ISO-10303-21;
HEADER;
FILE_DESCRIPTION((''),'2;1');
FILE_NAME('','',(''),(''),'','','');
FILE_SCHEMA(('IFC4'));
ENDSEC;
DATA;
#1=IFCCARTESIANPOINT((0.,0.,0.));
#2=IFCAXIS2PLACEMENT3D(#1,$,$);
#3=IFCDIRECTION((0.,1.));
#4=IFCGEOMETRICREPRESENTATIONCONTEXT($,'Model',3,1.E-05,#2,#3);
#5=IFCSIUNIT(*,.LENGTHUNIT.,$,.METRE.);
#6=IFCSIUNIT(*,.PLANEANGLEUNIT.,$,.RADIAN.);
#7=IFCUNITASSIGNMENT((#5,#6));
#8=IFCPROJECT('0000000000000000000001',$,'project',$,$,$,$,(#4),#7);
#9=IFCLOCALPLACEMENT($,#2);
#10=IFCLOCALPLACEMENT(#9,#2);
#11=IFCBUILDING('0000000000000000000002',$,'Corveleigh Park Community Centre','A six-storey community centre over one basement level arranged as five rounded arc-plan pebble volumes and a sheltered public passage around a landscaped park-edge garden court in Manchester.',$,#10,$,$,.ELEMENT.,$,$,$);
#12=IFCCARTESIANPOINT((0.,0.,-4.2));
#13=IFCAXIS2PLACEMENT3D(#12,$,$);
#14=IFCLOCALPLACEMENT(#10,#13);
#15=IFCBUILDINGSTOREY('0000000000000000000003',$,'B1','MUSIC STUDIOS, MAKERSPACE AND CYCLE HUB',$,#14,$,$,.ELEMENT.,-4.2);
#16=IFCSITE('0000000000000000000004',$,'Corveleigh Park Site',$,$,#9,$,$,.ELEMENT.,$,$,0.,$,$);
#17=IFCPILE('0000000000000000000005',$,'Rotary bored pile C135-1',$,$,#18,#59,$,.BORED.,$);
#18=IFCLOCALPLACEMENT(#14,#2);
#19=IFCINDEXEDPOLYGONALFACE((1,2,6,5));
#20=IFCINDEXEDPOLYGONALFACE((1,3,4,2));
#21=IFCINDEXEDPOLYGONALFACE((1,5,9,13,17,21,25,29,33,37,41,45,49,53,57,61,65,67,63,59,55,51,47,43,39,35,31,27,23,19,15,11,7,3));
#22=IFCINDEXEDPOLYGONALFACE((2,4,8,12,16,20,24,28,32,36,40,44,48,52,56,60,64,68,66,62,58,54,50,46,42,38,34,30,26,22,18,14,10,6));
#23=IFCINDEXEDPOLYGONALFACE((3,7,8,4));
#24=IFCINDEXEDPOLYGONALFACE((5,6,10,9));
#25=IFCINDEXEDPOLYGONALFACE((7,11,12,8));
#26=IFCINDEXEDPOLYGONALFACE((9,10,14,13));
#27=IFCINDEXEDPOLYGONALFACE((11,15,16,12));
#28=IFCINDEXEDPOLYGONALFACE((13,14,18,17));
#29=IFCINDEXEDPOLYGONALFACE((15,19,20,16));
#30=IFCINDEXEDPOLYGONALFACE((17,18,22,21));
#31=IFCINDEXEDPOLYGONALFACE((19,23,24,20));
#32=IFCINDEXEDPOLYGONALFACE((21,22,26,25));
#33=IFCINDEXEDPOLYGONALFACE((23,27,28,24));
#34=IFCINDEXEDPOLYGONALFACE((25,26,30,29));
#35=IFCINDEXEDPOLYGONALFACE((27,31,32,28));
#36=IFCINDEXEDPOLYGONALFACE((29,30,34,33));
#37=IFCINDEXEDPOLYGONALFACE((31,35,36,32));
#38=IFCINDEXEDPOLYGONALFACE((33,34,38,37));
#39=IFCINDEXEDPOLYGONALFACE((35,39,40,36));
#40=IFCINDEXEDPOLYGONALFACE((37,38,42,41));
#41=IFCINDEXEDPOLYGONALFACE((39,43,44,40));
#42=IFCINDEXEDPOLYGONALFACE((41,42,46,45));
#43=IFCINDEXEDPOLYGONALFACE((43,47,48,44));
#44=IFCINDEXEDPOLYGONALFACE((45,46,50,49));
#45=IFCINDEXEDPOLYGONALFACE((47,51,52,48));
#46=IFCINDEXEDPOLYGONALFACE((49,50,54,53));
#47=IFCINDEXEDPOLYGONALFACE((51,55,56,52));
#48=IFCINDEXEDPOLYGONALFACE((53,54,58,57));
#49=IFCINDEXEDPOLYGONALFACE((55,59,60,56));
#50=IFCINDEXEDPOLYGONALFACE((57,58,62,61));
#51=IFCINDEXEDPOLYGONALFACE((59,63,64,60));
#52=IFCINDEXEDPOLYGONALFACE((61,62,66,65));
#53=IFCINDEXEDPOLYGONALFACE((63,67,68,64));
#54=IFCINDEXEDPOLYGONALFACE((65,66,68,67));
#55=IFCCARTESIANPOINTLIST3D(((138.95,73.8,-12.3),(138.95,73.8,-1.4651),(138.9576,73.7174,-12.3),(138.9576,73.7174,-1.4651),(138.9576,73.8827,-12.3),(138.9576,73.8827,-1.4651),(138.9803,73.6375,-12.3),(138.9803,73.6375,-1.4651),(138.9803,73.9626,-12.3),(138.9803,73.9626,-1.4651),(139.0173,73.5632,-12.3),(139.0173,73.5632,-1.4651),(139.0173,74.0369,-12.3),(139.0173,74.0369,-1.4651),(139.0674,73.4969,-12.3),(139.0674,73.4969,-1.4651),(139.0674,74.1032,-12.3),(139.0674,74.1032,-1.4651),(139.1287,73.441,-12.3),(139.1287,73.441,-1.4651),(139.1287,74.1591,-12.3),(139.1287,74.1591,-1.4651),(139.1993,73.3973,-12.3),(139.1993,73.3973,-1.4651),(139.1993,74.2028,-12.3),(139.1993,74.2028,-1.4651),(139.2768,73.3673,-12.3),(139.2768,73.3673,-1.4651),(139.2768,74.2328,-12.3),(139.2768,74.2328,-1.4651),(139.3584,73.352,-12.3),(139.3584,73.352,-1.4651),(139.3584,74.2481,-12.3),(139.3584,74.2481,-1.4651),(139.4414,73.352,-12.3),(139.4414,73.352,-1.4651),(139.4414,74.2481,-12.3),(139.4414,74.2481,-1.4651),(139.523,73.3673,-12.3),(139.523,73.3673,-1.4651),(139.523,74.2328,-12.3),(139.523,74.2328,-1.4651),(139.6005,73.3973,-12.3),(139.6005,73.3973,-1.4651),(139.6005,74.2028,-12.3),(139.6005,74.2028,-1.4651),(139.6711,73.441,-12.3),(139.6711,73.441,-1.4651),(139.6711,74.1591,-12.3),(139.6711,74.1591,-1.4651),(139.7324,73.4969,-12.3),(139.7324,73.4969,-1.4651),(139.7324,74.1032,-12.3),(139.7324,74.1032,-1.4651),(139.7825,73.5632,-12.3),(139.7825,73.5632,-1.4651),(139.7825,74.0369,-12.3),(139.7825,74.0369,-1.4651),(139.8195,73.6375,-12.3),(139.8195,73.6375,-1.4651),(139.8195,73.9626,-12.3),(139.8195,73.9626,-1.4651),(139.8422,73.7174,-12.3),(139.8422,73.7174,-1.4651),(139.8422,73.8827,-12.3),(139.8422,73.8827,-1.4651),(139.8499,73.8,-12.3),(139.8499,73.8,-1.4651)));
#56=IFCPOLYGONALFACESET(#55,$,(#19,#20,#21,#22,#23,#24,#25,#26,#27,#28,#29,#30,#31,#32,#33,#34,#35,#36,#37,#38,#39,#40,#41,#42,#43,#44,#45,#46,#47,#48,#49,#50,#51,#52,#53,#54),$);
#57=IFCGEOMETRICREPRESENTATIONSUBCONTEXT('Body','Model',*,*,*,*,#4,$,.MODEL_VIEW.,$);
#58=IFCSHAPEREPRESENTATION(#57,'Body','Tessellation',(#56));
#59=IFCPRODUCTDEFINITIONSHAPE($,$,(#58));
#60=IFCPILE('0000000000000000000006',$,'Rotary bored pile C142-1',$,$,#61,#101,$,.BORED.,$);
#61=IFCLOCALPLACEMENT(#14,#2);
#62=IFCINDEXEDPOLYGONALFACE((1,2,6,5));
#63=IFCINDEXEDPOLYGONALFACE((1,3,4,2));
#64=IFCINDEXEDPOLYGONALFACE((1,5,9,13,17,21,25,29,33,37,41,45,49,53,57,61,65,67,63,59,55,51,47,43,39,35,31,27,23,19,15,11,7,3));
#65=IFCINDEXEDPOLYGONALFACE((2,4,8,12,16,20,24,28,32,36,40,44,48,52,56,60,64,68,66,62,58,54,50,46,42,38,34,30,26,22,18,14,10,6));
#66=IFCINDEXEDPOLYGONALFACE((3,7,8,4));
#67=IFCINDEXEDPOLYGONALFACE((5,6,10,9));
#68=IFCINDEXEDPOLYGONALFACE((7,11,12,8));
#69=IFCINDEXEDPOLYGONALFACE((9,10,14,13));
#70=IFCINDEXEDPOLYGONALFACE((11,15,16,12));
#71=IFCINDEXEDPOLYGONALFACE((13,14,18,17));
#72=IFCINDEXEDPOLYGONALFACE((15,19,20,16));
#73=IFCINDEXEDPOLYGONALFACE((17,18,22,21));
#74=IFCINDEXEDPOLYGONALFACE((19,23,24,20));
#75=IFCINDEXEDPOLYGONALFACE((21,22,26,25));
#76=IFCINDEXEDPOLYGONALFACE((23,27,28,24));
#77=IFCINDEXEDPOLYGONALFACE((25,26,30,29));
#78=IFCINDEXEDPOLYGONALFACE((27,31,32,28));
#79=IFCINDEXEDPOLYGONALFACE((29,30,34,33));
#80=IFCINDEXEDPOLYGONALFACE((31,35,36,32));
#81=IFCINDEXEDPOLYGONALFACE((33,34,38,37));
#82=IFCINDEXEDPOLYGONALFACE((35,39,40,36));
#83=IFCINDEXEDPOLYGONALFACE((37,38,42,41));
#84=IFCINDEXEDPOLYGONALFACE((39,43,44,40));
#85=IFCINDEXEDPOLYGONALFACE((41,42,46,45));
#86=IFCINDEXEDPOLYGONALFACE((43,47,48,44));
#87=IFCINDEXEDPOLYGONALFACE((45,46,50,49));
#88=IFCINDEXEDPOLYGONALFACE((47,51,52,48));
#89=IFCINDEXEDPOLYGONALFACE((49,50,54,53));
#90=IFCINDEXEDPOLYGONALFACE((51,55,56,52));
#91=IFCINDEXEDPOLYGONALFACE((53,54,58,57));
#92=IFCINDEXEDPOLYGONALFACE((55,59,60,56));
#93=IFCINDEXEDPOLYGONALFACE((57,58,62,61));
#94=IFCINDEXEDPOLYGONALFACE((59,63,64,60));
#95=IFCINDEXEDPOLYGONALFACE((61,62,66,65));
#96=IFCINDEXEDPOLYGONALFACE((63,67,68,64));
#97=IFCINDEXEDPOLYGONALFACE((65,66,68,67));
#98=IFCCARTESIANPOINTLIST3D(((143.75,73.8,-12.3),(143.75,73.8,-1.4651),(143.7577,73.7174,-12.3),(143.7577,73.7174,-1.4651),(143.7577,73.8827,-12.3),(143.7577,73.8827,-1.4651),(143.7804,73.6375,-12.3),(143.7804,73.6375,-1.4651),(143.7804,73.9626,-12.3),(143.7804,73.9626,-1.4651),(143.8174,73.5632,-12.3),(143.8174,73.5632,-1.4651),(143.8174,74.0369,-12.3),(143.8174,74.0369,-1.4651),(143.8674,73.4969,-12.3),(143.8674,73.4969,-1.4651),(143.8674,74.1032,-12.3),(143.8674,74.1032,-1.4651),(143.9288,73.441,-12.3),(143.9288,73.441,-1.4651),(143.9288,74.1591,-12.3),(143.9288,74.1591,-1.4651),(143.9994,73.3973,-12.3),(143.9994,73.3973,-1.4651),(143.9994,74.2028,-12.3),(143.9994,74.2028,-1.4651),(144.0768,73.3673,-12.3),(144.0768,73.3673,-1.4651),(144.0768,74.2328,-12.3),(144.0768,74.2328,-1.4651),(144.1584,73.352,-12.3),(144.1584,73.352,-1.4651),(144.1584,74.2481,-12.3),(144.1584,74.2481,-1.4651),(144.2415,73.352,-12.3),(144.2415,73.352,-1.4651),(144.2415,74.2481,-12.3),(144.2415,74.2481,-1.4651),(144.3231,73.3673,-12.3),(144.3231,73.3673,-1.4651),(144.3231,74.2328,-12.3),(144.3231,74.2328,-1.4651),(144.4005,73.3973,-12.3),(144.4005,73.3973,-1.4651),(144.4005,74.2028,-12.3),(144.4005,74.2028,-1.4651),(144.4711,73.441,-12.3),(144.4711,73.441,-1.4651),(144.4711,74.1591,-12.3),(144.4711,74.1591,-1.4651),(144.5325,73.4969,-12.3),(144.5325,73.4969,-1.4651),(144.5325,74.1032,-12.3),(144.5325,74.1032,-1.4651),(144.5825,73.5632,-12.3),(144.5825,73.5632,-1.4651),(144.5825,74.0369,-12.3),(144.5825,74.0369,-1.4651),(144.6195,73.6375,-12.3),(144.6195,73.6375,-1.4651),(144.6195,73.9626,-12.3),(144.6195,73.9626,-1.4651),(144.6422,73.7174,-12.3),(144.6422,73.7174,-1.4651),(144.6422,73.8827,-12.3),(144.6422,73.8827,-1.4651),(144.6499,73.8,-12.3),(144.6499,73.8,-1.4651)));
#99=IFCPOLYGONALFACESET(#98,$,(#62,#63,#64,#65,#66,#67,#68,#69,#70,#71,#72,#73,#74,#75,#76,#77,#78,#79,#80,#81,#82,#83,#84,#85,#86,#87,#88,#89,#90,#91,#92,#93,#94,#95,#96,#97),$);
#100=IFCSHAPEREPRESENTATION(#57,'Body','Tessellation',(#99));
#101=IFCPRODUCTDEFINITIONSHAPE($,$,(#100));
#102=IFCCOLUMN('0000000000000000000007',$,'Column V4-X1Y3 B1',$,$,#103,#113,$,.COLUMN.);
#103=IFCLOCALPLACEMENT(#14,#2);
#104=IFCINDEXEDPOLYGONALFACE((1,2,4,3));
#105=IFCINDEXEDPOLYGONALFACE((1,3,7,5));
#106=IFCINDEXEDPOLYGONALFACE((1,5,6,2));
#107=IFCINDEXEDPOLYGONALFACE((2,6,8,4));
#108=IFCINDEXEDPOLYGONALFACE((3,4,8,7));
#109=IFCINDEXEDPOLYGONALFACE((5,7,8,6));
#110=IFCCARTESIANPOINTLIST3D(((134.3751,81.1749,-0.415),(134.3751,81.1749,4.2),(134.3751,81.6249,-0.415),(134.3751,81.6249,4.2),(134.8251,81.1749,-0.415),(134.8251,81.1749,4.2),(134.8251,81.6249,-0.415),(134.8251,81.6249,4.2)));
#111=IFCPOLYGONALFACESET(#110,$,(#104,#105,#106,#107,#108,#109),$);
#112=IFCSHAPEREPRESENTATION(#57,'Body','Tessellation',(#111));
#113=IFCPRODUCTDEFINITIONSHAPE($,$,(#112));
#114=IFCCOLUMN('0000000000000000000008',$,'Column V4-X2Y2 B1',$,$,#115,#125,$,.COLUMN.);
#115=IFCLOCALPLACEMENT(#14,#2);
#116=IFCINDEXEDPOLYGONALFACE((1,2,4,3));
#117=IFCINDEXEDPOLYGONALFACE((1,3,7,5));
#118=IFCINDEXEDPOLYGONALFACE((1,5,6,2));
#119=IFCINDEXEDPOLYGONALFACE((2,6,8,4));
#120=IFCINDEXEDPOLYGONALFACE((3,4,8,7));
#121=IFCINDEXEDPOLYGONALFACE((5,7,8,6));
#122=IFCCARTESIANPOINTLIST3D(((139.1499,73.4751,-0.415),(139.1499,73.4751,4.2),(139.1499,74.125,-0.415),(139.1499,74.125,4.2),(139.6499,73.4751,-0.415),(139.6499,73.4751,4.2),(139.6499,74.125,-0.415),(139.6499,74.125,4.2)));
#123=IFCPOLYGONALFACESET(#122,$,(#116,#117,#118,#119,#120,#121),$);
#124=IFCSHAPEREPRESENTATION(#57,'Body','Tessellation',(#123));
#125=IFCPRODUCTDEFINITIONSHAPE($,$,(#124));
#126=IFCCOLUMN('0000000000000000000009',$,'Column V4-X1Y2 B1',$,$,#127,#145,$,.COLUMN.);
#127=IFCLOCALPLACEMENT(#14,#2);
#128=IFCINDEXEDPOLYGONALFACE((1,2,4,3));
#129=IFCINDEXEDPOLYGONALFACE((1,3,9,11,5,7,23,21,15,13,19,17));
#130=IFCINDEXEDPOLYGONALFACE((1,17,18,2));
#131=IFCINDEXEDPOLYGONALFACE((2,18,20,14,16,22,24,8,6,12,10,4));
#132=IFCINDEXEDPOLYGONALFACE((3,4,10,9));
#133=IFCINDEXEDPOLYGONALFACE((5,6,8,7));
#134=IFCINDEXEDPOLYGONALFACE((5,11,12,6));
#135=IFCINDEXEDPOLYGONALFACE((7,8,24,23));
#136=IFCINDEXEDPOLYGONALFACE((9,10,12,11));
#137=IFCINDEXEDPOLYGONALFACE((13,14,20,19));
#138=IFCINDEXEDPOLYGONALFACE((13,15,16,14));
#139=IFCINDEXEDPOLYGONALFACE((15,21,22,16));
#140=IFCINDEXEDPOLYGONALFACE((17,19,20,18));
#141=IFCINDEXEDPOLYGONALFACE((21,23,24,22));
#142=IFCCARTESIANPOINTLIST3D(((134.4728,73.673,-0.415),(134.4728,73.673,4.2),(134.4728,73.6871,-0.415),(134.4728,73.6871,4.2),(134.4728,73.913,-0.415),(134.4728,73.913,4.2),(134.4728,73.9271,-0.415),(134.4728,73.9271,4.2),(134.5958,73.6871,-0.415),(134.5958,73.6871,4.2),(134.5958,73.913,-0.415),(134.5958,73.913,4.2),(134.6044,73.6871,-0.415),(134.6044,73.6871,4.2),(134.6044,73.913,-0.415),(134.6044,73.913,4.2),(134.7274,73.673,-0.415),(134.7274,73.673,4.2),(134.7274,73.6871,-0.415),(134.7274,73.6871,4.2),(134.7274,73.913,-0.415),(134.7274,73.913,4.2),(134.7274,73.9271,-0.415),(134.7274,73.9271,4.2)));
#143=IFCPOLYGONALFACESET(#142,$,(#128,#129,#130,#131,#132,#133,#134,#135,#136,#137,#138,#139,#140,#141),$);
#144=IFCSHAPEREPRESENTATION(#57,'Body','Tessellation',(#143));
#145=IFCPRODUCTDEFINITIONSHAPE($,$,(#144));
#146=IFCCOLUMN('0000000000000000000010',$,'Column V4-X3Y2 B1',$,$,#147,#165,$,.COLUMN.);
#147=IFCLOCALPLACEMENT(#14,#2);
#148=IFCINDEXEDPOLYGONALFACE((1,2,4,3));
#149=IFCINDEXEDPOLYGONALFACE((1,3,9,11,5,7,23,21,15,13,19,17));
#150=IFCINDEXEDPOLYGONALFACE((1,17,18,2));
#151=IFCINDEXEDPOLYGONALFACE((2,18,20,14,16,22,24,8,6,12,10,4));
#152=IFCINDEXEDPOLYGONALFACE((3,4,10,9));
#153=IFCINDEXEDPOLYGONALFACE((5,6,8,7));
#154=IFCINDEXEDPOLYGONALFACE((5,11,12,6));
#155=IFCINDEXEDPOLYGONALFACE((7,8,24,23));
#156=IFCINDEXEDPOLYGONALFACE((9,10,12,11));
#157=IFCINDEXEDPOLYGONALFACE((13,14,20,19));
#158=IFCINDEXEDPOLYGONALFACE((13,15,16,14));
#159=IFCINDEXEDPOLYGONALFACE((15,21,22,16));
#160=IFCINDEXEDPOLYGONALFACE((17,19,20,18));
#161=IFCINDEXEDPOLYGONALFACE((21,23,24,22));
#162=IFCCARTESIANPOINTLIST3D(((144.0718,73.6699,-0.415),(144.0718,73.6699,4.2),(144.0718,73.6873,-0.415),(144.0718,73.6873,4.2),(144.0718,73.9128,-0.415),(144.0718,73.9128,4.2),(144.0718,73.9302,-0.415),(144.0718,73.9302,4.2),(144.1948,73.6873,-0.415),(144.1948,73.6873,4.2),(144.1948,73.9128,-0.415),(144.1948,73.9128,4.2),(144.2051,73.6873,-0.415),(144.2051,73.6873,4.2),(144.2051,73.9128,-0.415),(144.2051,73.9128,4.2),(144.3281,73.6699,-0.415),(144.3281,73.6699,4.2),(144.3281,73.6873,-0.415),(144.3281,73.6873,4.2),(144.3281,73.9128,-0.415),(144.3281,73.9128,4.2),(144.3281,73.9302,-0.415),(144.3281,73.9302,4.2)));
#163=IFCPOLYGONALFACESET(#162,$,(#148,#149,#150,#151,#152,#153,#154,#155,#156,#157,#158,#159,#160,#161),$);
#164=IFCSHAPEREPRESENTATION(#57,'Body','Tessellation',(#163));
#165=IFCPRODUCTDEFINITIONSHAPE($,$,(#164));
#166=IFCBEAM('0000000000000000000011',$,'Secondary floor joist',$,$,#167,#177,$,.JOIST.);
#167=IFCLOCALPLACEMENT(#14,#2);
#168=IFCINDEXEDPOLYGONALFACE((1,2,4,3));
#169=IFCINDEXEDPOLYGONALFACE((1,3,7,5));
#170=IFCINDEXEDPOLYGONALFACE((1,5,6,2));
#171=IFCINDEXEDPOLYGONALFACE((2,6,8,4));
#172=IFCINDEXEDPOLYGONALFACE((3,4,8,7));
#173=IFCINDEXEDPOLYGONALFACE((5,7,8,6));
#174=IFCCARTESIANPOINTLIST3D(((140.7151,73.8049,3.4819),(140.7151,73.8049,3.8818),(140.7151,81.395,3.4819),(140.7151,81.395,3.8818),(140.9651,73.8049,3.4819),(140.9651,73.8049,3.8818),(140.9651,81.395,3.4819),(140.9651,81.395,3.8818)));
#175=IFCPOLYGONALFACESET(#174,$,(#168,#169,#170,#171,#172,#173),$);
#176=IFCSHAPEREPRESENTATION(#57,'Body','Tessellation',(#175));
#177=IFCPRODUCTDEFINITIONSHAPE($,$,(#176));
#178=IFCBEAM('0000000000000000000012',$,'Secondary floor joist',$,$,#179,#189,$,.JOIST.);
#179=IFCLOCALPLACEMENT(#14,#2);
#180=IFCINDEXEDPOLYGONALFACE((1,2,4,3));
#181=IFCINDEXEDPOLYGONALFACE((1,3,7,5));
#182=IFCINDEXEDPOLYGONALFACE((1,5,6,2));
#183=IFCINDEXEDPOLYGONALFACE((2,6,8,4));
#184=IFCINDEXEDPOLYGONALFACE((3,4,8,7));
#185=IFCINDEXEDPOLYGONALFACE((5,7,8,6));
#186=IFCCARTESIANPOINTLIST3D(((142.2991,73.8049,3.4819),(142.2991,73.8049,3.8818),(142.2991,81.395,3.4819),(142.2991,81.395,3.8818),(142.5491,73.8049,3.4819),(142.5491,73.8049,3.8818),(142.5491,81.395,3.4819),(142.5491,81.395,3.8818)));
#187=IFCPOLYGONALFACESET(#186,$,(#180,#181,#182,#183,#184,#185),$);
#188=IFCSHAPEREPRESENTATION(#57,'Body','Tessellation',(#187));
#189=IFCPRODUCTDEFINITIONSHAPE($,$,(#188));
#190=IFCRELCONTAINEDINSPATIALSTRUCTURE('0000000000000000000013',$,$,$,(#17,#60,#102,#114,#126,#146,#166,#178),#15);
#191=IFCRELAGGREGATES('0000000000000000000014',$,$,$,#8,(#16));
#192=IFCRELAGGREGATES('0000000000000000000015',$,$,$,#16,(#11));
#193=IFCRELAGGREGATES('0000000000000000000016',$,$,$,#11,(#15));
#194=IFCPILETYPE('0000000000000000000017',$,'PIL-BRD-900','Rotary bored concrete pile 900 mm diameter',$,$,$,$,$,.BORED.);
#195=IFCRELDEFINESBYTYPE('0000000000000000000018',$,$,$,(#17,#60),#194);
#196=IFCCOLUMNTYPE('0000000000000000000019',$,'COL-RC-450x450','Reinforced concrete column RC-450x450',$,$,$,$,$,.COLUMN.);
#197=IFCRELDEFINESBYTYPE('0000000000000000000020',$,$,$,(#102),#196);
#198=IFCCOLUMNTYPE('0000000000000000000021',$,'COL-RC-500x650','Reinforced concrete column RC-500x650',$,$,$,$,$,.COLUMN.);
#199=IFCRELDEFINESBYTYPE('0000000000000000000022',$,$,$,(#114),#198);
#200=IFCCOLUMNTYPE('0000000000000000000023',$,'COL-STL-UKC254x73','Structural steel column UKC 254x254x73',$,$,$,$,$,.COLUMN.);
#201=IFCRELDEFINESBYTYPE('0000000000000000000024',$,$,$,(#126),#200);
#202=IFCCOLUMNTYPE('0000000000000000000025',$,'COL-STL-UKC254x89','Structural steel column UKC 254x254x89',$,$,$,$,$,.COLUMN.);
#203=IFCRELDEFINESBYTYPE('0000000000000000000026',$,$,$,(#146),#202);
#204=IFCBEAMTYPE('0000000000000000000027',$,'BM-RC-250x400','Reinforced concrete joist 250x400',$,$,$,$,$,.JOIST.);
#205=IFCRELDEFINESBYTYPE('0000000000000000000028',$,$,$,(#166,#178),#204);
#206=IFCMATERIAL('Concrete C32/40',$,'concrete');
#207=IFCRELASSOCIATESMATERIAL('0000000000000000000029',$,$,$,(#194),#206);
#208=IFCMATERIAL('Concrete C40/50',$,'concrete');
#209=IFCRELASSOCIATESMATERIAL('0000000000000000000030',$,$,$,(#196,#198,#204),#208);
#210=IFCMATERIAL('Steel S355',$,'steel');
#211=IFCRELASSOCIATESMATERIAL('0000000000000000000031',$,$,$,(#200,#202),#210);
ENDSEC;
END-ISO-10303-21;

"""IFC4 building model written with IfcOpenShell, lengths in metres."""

from ifc_helpers import new_model, si_unit, direction, frame, origin, origin_2d, place, context, subcontext, project, spatial, rectangle, circle, i_section, extrude, material, material_profile, profile_set, type_object, element, save


model = new_model("IFC4")

# Units and contexts
model_context = context("Model", 3, precision=1e-05, world=origin(), true_north=direction((0.0, 1.0)))
body_context = subcontext(model_context, "Body", "Model", "MODEL_VIEW")
ifc_project = project(units=[si_unit("LENGTHUNIT", "METRE"), si_unit("PLANEANGLEUNIT", "RADIAN")], contexts=[model_context])

# Site, building, storey
site_placement = place(None, origin())
site = spatial("IfcSite", under=ifc_project, at=site_placement, Name="Corveleigh Park Site", CompositionType="ELEMENT", RefElevation=0.0)
building_placement = place(site_placement, origin())
building = spatial("IfcBuilding", under=site, at=building_placement, Name="Corveleigh Park Community Centre", Description="A six-storey community centre over one basement level arranged as five rounded arc-plan pebble volumes and a sheltered public passage around a landscaped park-edge garden court in Manchester.", CompositionType="ELEMENT")
storey_placement = place(building_placement, frame((0.0, 0.0, -4.2)))
storey = spatial("IfcBuildingStorey", under=building, at=storey_placement, Name="B1", Description="MUSIC STUDIOS, MAKERSPACE AND CYCLE HUB", CompositionType="ELEMENT", Elevation=-4.2)

# Shared definitions
ifc_material_1 = material(Name="Concrete C40/50", Category="concrete")

# Piles
ifc_material_2 = material(Name="Concrete C32/40", Category="concrete")
ifc_material_profile_1 = material_profile(ifc_material_2, circle(Radius=0.45, at=origin_2d()), Name="BORED-PILE-900", Category="concrete")
ifc_profile_set_1 = profile_set([ifc_material_profile_1], Name="Concrete C32/40")
pile_type_1 = type_object("IfcPileType", Name="PIL-BRD-900", Description="Rotary bored concrete pile 900 mm diameter", PredefinedType="BORED", material=ifc_profile_set_1)
for number, where, z_axis, x_axis, name in (
    (1, (139.3999, 73.8, -1.4651), (0.0, 0.0, -1.0), (1.0, 0.0, 0.0), "Rotary bored pile C135-1"),
    (2, (144.2, 73.8, -1.4651), (0.0, 0.0, -1.0), (1.0, 0.0, 0.0), "Rotary bored pile C142-1"),
):
    element("IfcPile", number, at=place(storey_placement, frame(where, z_axis=z_axis, x_axis=x_axis)), inside=storey, type_object=pile_type_1, Name=name, PredefinedType="BORED", context=body_context, shape_type="SweptSolid", body=[
        extrude(circle(Radius=0.45, at=origin_2d()), origin(), (0.0, 0.0, 1.0), 10.835),
    ])

# Columns
ifc_material_profile_2 = material_profile(ifc_material_1, rectangle(XDim=0.45, YDim=0.45, at=origin_2d()), Name="RC-450x450", Category="concrete")
ifc_profile_set_2 = profile_set([ifc_material_profile_2], Name="Concrete C40/50")
column_type_1 = type_object("IfcColumnType", Name="COL-RC-450x450", Description="Reinforced concrete column RC-450x450", PredefinedType="COLUMN", material=ifc_profile_set_2)
column_1_placement = place(storey_placement, frame((134.6001, 81.3999, -0.415), z_axis=(0.0, 0.0, 1.0), x_axis=(1.0, 0.0, 0.0)))
element("IfcColumn", 3, at=column_1_placement, inside=storey, type_object=column_type_1, Name="Column V4-X1Y3 B1", PredefinedType="COLUMN", context=body_context, shape_type="SweptSolid", body=[
    extrude(rectangle(XDim=0.45, YDim=0.45, at=origin_2d()), origin(), (0.0, 0.0, 1.0), 4.615),
])
ifc_material_profile_3 = material_profile(ifc_material_1, rectangle(XDim=0.5, YDim=0.6499, at=origin_2d()), Name="RC-500x650", Category="concrete")
ifc_profile_set_3 = profile_set([ifc_material_profile_3], Name="Concrete C40/50")
column_type_2 = type_object("IfcColumnType", Name="COL-RC-500x650", Description="Reinforced concrete column RC-500x650", PredefinedType="COLUMN", material=ifc_profile_set_3)
column_2_placement = place(storey_placement, frame((139.3999, 73.8, -0.415), z_axis=(0.0, 0.0, 1.0), x_axis=(1.0, 0.0, 0.0)))
element("IfcColumn", 4, at=column_2_placement, inside=storey, type_object=column_type_2, Name="Column V4-X2Y2 B1", PredefinedType="COLUMN", context=body_context, shape_type="SweptSolid", body=[
    extrude(rectangle(XDim=0.5, YDim=0.6499, at=origin_2d()), origin(), (0.0, 0.0, 1.0), 4.615),
])
ifc_material_3 = material(Name="Steel S355", Category="steel")
ifc_material_profile_4 = material_profile(ifc_material_3, i_section(OverallWidth=0.2546, OverallDepth=0.2542, WebThickness=0.0085, FlangeThickness=0.0142, at=origin_2d()), Name="UKC 254x254x73", Category="steel")
ifc_profile_set_4 = profile_set([ifc_material_profile_4], Name="Steel S355")
column_type_3 = type_object("IfcColumnType", Name="COL-STL-UKC254x73", Description="Structural steel column UKC 254x254x73", PredefinedType="COLUMN", material=ifc_profile_set_4)
column_3_placement = place(storey_placement, frame((134.6001, 73.8, -0.415), z_axis=(0.0, 0.0, 1.0), x_axis=(1.0, 0.0, 0.0)))
element("IfcColumn", 5, at=column_3_placement, inside=storey, type_object=column_type_3, Name="Column V4-X1Y2 B1", PredefinedType="COLUMN", context=body_context, shape_type="SweptSolid", body=[
    extrude(i_section(OverallWidth=0.2546, OverallDepth=0.2542, WebThickness=0.0085, FlangeThickness=0.0142, at=origin_2d()), origin(), (0.0, 0.0, 1.0), 4.615),
])
ifc_material_profile_5 = material_profile(ifc_material_3, i_section(OverallWidth=0.2563, OverallDepth=0.2603, WebThickness=0.0103, FlangeThickness=0.0173, at=origin_2d()), Name="UKC 254x254x89", Category="steel")
ifc_profile_set_5 = profile_set([ifc_material_profile_5], Name="Steel S355")
column_type_4 = type_object("IfcColumnType", Name="COL-STL-UKC254x89", Description="Structural steel column UKC 254x254x89", PredefinedType="COLUMN", material=ifc_profile_set_5)
column_4_placement = place(storey_placement, frame((144.2, 73.8, -0.415), z_axis=(0.0, 0.0, 1.0), x_axis=(1.0, 0.0, 0.0)))
element("IfcColumn", 6, at=column_4_placement, inside=storey, type_object=column_type_4, Name="Column V4-X3Y2 B1", PredefinedType="COLUMN", context=body_context, shape_type="SweptSolid", body=[
    extrude(i_section(OverallWidth=0.2563, OverallDepth=0.2603, WebThickness=0.0103, FlangeThickness=0.0173, at=origin_2d()), origin(), (0.0, 0.0, 1.0), 4.615),
])

# Beams
ifc_material_profile_6 = material_profile(ifc_material_1, rectangle(XDim=0.25, YDim=0.3999, at=origin_2d()), Name="RC-250x400", Category="concrete")
ifc_profile_set_6 = profile_set([ifc_material_profile_6], Name="Concrete C40/50")
beam_type_1 = type_object("IfcBeamType", Name="BM-RC-250x400", Description="Reinforced concrete joist 250x400", PredefinedType="JOIST", material=ifc_profile_set_6)
for number, where, z_axis, x_axis, name in (
    (7, (140.8401, 73.8049, 3.6819), (0.0, 1.0, 0.0), (-1.0, 0.0, 0.0), "Secondary floor joist"),
    (8, (142.4241, 73.8049, 3.6819), (0.0, 1.0, 0.0), (-1.0, 0.0, 0.0), "Secondary floor joist"),
):
    element("IfcBeam", number, at=place(storey_placement, frame(where, z_axis=z_axis, x_axis=x_axis)), inside=storey, type_object=beam_type_1, Name=name, PredefinedType="JOIST", context=body_context, shape_type="SweptSolid", body=[
        extrude(rectangle(XDim=0.25, YDim=0.3999, at=origin_2d()), origin(), (0.0, 0.0, 1.0), 7.5901),
    ])

save(model, "model.ifc")
